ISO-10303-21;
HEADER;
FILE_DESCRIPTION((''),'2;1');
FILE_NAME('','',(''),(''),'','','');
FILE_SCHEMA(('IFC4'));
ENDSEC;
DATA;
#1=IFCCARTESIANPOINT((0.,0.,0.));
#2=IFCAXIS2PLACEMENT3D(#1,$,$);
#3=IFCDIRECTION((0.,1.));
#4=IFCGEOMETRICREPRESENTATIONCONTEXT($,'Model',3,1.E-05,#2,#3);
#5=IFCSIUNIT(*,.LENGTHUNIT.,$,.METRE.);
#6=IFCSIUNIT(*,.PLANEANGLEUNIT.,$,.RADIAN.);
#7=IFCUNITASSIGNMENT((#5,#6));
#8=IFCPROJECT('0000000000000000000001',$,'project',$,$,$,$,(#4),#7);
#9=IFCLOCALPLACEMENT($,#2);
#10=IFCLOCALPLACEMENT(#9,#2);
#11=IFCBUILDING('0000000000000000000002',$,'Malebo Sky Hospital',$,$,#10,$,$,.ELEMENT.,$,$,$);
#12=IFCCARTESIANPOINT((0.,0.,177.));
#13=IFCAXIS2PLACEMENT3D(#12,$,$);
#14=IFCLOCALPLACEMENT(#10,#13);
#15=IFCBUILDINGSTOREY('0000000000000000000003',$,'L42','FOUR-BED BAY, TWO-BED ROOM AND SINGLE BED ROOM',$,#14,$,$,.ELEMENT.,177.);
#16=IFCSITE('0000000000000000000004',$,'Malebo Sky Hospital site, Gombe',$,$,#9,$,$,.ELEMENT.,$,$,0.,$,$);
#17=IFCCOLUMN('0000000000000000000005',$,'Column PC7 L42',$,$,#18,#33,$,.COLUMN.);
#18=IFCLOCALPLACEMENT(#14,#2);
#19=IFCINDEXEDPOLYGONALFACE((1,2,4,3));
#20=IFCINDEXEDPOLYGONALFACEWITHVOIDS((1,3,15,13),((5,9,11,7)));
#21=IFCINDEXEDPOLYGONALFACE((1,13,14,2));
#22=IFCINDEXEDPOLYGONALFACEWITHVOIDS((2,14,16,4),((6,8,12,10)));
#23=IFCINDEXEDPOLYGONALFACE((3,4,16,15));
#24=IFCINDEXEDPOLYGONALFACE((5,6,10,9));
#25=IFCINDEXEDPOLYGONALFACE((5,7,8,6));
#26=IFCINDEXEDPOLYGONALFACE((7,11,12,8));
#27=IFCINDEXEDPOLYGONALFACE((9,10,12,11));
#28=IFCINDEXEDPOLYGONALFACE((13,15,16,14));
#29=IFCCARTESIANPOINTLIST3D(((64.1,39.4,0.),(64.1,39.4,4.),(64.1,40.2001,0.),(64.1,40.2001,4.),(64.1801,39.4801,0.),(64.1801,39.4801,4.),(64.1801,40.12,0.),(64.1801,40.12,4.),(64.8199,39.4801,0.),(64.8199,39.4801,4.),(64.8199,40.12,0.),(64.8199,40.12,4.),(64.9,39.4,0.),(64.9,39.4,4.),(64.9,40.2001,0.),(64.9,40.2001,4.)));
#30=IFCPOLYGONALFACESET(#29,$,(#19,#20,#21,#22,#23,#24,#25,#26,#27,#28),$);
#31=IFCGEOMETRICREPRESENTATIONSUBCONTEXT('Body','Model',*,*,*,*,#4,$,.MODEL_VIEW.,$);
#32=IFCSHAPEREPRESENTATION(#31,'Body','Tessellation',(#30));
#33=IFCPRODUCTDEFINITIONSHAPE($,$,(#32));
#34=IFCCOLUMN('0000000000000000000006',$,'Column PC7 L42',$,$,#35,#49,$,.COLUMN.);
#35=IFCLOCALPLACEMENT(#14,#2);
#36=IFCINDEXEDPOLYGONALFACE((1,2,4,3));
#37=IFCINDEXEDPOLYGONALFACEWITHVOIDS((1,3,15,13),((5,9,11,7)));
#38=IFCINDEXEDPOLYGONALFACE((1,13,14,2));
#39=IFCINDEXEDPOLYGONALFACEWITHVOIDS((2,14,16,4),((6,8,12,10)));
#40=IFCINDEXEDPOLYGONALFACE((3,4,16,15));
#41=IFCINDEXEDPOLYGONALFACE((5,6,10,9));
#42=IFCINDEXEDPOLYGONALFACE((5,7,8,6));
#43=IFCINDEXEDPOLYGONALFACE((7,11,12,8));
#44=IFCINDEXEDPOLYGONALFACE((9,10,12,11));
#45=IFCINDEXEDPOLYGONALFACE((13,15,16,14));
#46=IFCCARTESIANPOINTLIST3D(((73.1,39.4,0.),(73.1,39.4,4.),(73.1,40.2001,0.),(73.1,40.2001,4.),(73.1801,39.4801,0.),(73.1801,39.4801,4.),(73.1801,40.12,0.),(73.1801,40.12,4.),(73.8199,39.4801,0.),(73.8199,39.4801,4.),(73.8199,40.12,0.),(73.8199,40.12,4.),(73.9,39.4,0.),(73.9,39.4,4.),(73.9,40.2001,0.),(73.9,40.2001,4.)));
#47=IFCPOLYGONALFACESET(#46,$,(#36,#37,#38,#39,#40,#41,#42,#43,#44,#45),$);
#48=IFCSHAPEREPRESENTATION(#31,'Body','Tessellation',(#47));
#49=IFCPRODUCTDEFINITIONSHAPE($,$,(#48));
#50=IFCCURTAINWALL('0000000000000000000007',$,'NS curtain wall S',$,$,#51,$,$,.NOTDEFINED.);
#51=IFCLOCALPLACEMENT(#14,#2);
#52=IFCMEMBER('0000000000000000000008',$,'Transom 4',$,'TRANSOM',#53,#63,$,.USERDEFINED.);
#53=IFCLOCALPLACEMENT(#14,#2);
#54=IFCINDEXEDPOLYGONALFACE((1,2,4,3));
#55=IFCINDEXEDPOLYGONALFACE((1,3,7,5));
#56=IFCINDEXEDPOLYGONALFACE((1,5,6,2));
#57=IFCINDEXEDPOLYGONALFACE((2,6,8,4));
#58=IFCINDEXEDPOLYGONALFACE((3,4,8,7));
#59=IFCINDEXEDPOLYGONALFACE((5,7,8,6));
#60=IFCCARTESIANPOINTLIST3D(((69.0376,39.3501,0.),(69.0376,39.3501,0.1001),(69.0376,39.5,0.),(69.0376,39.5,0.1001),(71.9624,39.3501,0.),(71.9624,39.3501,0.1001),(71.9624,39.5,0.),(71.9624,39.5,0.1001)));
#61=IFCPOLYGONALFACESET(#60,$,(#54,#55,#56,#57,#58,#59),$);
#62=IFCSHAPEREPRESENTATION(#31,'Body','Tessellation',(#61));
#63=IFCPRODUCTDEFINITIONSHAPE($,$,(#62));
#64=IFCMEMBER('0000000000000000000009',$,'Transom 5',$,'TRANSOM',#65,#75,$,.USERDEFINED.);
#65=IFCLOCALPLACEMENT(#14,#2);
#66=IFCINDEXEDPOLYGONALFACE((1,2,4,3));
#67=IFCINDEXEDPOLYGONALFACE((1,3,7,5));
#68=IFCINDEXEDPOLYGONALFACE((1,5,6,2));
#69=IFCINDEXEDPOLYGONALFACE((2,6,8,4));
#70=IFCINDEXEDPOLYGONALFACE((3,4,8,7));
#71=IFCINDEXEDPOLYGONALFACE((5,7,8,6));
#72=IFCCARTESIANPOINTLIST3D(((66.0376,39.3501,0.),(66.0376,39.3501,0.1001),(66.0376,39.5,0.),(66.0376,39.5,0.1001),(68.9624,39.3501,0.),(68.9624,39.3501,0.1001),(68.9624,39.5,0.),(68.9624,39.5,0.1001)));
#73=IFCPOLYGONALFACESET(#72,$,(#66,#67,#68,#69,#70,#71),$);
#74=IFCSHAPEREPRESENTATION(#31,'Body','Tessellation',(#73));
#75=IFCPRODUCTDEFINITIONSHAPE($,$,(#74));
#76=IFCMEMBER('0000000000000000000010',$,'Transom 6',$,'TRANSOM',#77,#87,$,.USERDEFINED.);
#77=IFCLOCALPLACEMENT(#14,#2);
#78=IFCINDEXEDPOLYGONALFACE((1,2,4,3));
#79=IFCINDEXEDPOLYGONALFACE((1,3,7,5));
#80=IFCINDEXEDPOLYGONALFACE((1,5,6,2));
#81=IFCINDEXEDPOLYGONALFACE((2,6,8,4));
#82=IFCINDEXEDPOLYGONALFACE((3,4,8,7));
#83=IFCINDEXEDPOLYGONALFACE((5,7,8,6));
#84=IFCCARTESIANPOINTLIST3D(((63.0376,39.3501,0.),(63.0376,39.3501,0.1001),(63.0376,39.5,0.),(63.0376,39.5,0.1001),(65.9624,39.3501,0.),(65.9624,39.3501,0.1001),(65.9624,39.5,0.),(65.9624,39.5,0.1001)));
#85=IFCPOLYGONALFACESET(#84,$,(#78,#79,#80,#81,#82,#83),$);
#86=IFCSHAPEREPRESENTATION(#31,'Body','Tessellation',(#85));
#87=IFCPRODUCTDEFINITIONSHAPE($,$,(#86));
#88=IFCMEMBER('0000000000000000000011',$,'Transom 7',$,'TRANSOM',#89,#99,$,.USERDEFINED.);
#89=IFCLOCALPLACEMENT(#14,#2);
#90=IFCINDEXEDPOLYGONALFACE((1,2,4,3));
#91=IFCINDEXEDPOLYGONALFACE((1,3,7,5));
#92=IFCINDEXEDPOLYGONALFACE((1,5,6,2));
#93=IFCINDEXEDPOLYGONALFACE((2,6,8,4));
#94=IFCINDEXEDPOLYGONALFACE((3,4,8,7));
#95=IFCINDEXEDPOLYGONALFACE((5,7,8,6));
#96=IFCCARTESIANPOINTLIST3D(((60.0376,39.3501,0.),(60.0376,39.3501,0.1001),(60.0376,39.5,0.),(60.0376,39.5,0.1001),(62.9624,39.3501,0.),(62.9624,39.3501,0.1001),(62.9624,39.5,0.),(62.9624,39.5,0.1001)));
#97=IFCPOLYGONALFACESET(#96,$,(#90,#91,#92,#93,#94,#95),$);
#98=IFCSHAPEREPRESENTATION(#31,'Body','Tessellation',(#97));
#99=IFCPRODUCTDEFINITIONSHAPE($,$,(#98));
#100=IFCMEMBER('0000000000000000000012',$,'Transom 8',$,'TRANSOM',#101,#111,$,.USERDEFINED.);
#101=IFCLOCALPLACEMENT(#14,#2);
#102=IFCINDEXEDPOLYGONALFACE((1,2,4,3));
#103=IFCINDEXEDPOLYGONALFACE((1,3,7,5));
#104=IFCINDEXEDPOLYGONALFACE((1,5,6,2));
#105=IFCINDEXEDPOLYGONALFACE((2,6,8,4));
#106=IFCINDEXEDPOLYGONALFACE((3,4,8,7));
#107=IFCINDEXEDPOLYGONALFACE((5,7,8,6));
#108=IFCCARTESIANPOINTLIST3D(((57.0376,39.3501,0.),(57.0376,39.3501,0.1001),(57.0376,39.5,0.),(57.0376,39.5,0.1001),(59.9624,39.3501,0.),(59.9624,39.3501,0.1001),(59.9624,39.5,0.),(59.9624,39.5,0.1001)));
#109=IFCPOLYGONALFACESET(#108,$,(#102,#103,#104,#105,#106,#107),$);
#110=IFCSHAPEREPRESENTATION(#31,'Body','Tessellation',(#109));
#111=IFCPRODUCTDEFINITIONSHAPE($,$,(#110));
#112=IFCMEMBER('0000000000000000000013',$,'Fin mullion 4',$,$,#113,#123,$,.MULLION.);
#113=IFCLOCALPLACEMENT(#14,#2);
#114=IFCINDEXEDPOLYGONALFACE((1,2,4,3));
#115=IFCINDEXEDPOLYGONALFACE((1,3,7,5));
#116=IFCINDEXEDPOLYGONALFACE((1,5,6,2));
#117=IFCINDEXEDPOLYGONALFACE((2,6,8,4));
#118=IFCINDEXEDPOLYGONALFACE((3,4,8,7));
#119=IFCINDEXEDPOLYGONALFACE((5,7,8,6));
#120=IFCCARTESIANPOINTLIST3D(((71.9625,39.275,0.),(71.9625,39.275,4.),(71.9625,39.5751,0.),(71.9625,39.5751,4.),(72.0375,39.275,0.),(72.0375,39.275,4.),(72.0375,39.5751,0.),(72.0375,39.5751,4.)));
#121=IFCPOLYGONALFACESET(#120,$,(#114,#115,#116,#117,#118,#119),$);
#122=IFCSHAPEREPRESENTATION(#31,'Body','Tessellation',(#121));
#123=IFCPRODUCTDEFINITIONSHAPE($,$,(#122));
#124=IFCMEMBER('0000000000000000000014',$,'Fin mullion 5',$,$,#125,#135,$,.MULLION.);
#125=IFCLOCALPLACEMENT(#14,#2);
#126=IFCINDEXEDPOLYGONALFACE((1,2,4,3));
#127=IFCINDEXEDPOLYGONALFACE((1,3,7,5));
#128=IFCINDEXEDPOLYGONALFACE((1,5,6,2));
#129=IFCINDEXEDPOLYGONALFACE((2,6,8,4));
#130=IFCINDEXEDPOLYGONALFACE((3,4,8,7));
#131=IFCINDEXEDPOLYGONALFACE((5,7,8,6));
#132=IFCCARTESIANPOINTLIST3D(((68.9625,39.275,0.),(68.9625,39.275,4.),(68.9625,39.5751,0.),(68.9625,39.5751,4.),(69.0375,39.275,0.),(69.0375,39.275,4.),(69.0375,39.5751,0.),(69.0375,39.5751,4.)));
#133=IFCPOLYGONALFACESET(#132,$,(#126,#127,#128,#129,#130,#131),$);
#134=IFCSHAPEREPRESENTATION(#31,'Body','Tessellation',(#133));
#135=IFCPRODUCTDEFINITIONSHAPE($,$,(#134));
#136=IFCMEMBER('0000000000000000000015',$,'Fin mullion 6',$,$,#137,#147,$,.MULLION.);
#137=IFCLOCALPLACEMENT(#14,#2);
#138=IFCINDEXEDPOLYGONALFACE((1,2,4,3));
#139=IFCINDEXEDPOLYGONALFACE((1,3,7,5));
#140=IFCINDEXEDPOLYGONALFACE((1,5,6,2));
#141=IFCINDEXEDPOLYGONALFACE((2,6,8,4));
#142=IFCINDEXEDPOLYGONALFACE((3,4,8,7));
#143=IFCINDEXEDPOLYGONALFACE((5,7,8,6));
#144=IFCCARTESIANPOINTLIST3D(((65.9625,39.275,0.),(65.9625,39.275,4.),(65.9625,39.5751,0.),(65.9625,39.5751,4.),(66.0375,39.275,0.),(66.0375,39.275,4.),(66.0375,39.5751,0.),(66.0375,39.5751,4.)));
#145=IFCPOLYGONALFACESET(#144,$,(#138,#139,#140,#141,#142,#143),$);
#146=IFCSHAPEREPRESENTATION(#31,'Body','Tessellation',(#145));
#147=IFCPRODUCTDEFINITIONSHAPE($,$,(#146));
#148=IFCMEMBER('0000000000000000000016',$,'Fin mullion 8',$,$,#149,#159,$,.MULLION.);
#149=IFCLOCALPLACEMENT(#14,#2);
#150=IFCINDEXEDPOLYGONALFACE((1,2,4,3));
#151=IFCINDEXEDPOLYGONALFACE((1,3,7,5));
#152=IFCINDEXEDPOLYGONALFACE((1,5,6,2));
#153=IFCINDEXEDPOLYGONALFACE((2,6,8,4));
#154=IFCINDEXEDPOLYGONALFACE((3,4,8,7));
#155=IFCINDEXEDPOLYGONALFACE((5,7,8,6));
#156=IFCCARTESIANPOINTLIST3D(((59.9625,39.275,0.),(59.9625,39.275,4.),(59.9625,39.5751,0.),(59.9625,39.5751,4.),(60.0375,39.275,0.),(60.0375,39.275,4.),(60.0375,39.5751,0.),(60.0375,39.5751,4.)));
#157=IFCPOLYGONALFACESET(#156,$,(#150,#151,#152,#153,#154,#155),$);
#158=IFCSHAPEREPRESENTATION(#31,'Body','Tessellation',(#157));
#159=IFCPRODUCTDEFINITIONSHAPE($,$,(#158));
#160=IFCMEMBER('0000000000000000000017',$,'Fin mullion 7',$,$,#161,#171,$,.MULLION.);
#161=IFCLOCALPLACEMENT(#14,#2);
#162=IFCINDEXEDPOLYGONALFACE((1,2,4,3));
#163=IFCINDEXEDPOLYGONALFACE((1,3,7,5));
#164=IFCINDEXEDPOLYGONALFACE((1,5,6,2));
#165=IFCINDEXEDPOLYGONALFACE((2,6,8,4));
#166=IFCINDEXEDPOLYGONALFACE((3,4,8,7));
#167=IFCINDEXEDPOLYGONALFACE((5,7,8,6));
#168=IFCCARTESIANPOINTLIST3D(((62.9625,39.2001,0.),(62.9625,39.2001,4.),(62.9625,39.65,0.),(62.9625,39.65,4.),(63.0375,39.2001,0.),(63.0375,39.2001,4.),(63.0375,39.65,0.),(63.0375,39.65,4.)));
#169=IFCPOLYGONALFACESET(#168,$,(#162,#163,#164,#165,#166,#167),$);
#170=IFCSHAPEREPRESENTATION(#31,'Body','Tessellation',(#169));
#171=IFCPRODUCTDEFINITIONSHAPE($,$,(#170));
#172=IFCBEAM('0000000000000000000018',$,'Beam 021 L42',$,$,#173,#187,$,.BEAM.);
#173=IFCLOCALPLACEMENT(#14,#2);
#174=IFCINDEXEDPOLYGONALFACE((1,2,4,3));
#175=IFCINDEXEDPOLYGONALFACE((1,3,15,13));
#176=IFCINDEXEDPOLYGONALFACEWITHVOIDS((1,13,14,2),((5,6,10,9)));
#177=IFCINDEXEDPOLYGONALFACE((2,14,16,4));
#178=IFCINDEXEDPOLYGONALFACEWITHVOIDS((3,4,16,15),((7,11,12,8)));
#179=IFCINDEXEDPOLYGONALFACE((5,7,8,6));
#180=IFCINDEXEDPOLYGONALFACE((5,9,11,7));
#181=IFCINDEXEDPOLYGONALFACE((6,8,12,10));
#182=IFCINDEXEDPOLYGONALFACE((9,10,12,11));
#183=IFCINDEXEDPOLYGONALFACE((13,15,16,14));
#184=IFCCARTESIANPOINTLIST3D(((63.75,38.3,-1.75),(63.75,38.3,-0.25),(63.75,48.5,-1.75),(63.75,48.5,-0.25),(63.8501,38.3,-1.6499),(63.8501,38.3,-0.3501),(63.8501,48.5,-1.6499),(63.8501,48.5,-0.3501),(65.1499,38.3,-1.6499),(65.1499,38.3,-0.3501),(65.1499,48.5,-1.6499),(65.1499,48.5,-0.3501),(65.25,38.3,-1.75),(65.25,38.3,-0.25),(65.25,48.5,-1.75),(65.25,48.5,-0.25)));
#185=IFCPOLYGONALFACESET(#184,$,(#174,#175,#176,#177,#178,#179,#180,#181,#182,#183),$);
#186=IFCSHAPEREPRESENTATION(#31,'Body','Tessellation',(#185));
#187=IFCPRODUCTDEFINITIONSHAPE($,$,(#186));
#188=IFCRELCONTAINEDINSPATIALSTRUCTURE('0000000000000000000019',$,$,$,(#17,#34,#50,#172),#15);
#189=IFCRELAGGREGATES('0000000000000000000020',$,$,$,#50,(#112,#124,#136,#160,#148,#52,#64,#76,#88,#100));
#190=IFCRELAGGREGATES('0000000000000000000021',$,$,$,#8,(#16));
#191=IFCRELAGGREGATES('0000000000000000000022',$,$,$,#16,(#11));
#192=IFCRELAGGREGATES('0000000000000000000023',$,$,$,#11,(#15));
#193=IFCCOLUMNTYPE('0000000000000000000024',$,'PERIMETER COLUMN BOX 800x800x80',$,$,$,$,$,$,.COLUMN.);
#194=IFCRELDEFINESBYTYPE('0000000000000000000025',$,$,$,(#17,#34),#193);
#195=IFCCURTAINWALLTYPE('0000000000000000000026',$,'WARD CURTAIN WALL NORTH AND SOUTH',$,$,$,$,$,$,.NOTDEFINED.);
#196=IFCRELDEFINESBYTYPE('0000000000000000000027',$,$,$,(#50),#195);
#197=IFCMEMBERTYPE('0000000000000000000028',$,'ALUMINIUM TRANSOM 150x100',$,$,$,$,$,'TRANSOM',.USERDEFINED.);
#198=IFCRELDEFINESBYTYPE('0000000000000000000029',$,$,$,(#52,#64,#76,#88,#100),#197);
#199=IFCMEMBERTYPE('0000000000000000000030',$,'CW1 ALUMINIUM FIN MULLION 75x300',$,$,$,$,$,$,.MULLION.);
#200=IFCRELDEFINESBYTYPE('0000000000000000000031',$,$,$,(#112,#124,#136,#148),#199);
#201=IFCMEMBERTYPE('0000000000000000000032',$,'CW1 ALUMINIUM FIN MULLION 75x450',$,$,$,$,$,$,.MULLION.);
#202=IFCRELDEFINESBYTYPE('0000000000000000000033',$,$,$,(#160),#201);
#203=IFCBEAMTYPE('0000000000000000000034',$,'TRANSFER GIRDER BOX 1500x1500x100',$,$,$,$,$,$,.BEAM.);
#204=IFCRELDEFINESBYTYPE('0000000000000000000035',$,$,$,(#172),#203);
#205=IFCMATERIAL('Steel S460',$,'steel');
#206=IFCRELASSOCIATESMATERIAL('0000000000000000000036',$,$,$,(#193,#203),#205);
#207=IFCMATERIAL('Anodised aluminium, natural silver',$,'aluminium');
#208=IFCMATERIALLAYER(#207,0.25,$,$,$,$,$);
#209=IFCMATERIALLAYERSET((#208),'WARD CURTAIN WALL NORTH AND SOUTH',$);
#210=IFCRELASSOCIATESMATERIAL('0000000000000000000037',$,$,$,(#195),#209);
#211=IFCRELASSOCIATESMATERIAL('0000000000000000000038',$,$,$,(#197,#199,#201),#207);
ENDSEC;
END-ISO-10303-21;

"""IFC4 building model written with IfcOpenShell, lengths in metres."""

from ifc_helpers import new_model, si_unit, direction, frame, origin, origin_2d, place, context, subcontext, project, spatial, rectangle, hollow_rectangle, extrude, material, layer, layer_set, material_profile, profile_set, type_object, element, aggregate, save


model = new_model("IFC4")

# Units and contexts
model_context = context("Model", 3, precision=1e-05, world=origin(), true_north=direction((0.0, 1.0)))
body_context = subcontext(model_context, "Body", "Model", "MODEL_VIEW")
ifc_project = project(units=[si_unit("LENGTHUNIT", "METRE"), si_unit("PLANEANGLEUNIT", "RADIAN")], contexts=[model_context])

# Site, building, storey
site_placement = place(None, origin())
site = spatial("IfcSite", under=ifc_project, at=site_placement, Name="Malebo Sky Hospital site, Gombe", CompositionType="ELEMENT", RefElevation=0.0)
building_placement = place(site_placement, origin())
building = spatial("IfcBuilding", under=site, at=building_placement, Name="Malebo Sky Hospital", CompositionType="ELEMENT")
storey_placement = place(building_placement, frame((0.0, 0.0, 177.0)))
storey = spatial("IfcBuildingStorey", under=building, at=storey_placement, Name="L42", Description="FOUR-BED BAY, TWO-BED ROOM AND SINGLE BED ROOM", CompositionType="ELEMENT", Elevation=177.0)

# Columns
ifc_material_1 = material(Name="Steel S460", Category="steel")
ifc_material_profile_1 = material_profile(ifc_material_1, hollow_rectangle(XDim=0.8, YDim=0.8, WallThickness=0.0801, at=origin_2d()), Name="BOX 800x800x80")
ifc_profile_set_1 = profile_set([ifc_material_profile_1], Name="Steel S460")
column_type = type_object("IfcColumnType", Name="PERIMETER COLUMN BOX 800x800x80", PredefinedType="COLUMN", material=ifc_profile_set_1)
for number, where, z_axis, x_axis, name in (
    (1, (64.5, 39.8, 0.0), (0.0, 0.0, 1.0), (1.0, 0.0, 0.0), "Column PC7 L42"),
    (2, (73.5, 39.8, 0.0), (0.0, 0.0, 1.0), (1.0, 0.0, 0.0), "Column PC7 L42"),
):
    element("IfcColumn", number, at=place(storey_placement, frame(where, z_axis=z_axis, x_axis=x_axis)), inside=storey, type_object=column_type, Name=name, PredefinedType="COLUMN", context=body_context, shape_type="SweptSolid", body=[
        extrude(hollow_rectangle(XDim=0.8, YDim=0.8, WallThickness=0.0801, at=origin_2d()), origin(), (0.0, 0.0, 1.0), 4.0),
    ])

# Curtain wall, members
ifc_material_2 = material(Name="Anodised aluminium, natural silver", Category="aluminium")
ifc_layer_1 = layer(ifc_material_2, 0.25)
ifc_layer_set_1 = layer_set([ifc_layer_1], Name="WARD CURTAIN WALL NORTH AND SOUTH")
curtain_wall_type = type_object("IfcCurtainWallType", Name="WARD CURTAIN WALL NORTH AND SOUTH", PredefinedType="NOTDEFINED", material=ifc_layer_set_1)
curtain_wall_placement = place(storey_placement, origin())
curtain_wall = element("IfcCurtainWall", 3, at=curtain_wall_placement, inside=storey, type_object=curtain_wall_type, Name="NS curtain wall S", PredefinedType="NOTDEFINED")
ifc_material_profile_2 = material_profile(ifc_material_2, rectangle(XDim=0.1499, YDim=0.1001, at=origin_2d()), Name="ALUMINIUM TRANSOM 150x100")
ifc_profile_set_2 = profile_set([ifc_material_profile_2], Name="Anodised aluminium, natural silver")
member_type_1 = type_object("IfcMemberType", Name="ALUMINIUM TRANSOM 150x100", ElementType="TRANSOM", PredefinedType="USERDEFINED", material=ifc_profile_set_2)
member_1_placement = place(storey_placement, frame((71.9624, 39.425, 0.05), z_axis=(-1.0, 0.0, 0.0), x_axis=(0.0, -1.0, 0.0)))
member_1 = element("IfcMember", 4, at=member_1_placement, type_object=member_type_1, Name="Transom 4", ObjectType="TRANSOM", PredefinedType="USERDEFINED", context=body_context, shape_type="SweptSolid", body=[
    extrude(rectangle(XDim=0.1499, YDim=0.1001, at=origin_2d()), origin(), (0.0, 0.0, 1.0), 2.9248),
])
member_2_placement = place(storey_placement, frame((68.9624, 39.425, 0.05), z_axis=(-1.0, 0.0, 0.0), x_axis=(0.0, -1.0, 0.0)))
member_2 = element("IfcMember", 5, at=member_2_placement, type_object=member_type_1, Name="Transom 5", ObjectType="TRANSOM", PredefinedType="USERDEFINED", context=body_context, shape_type="SweptSolid", body=[
    extrude(rectangle(XDim=0.1499, YDim=0.1001, at=origin_2d()), origin(), (0.0, 0.0, 1.0), 2.9248),
])
member_3_placement = place(storey_placement, frame((65.9624, 39.425, 0.05), z_axis=(-1.0, 0.0, 0.0), x_axis=(0.0, -1.0, 0.0)))
member_3 = element("IfcMember", 6, at=member_3_placement, type_object=member_type_1, Name="Transom 6", ObjectType="TRANSOM", PredefinedType="USERDEFINED", context=body_context, shape_type="SweptSolid", body=[
    extrude(rectangle(XDim=0.1499, YDim=0.1001, at=origin_2d()), origin(), (0.0, 0.0, 1.0), 2.9248),
])
member_4_placement = place(storey_placement, frame((62.9624, 39.425, 0.05), z_axis=(-1.0, 0.0, 0.0), x_axis=(0.0, -1.0, 0.0)))
member_4 = element("IfcMember", 7, at=member_4_placement, type_object=member_type_1, Name="Transom 7", ObjectType="TRANSOM", PredefinedType="USERDEFINED", context=body_context, shape_type="SweptSolid", body=[
    extrude(rectangle(XDim=0.1499, YDim=0.1001, at=origin_2d()), origin(), (0.0, 0.0, 1.0), 2.9248),
])
member_5_placement = place(storey_placement, frame((59.9624, 39.425, 0.05), z_axis=(-1.0, 0.0, 0.0), x_axis=(0.0, -1.0, 0.0)))
member_5 = element("IfcMember", 8, at=member_5_placement, type_object=member_type_1, Name="Transom 8", ObjectType="TRANSOM", PredefinedType="USERDEFINED", context=body_context, shape_type="SweptSolid", body=[
    extrude(rectangle(XDim=0.1499, YDim=0.1001, at=origin_2d()), origin(), (0.0, 0.0, 1.0), 2.9248),
])
ifc_material_profile_3 = material_profile(ifc_material_2, rectangle(XDim=0.075, YDim=0.3, at=origin_2d()), Name="CW1 ALUMINIUM FIN MULLION 75x300")
ifc_profile_set_3 = profile_set([ifc_material_profile_3], Name="Anodised aluminium, natural silver")
member_type_2 = type_object("IfcMemberType", Name="CW1 ALUMINIUM FIN MULLION 75x300", PredefinedType="MULLION", material=ifc_profile_set_3)
member_6_placement = place(storey_placement, frame((72.0, 39.425, 0.0), z_axis=(0.0, 0.0, 1.0), x_axis=(-1.0, 0.0, 0.0)))
member_6 = element("IfcMember", 9, at=member_6_placement, type_object=member_type_2, Name="Fin mullion 4", PredefinedType="MULLION", context=body_context, shape_type="SweptSolid", body=[
    extrude(rectangle(XDim=0.075, YDim=0.3, at=origin_2d()), origin(), (0.0, 0.0, 1.0), 4.0),
])
member_7_placement = place(storey_placement, frame((69.0, 39.425, 0.0), z_axis=(0.0, 0.0, 1.0), x_axis=(-1.0, 0.0, 0.0)))
member_7 = element("IfcMember", 10, at=member_7_placement, type_object=member_type_2, Name="Fin mullion 5", PredefinedType="MULLION", context=body_context, shape_type="SweptSolid", body=[
    extrude(rectangle(XDim=0.075, YDim=0.3, at=origin_2d()), origin(), (0.0, 0.0, 1.0), 4.0),
])
member_8_placement = place(storey_placement, frame((66.0, 39.425, 0.0), z_axis=(0.0, 0.0, 1.0), x_axis=(-1.0, 0.0, 0.0)))
member_8 = element("IfcMember", 11, at=member_8_placement, type_object=member_type_2, Name="Fin mullion 6", PredefinedType="MULLION", context=body_context, shape_type="SweptSolid", body=[
    extrude(rectangle(XDim=0.075, YDim=0.3, at=origin_2d()), origin(), (0.0, 0.0, 1.0), 4.0),
])
member_9_placement = place(storey_placement, frame((60.0, 39.425, 0.0), z_axis=(0.0, 0.0, 1.0), x_axis=(-1.0, 0.0, 0.0)))
member_9 = element("IfcMember", 12, at=member_9_placement, type_object=member_type_2, Name="Fin mullion 8", PredefinedType="MULLION", context=body_context, shape_type="SweptSolid", body=[
    extrude(rectangle(XDim=0.075, YDim=0.3, at=origin_2d()), origin(), (0.0, 0.0, 1.0), 4.0),
])
ifc_material_profile_4 = material_profile(ifc_material_2, rectangle(XDim=0.075, YDim=0.45, at=origin_2d()), Name="CW1 ALUMINIUM FIN MULLION 75x450")
ifc_profile_set_4 = profile_set([ifc_material_profile_4], Name="Anodised aluminium, natural silver")
member_type_3 = type_object("IfcMemberType", Name="CW1 ALUMINIUM FIN MULLION 75x450", PredefinedType="MULLION", material=ifc_profile_set_4)
member_10_placement = place(storey_placement, frame((63.0, 39.425, 0.0), z_axis=(0.0, 0.0, 1.0), x_axis=(-1.0, 0.0, 0.0)))
member_10 = element("IfcMember", 13, at=member_10_placement, type_object=member_type_3, Name="Fin mullion 7", PredefinedType="MULLION", context=body_context, shape_type="SweptSolid", body=[
    extrude(rectangle(XDim=0.075, YDim=0.45, at=origin_2d()), origin(), (0.0, 0.0, 1.0), 4.0),
])

# Beam
ifc_material_profile_5 = material_profile(ifc_material_1, hollow_rectangle(XDim=1.5, YDim=1.5, WallThickness=0.1001, at=origin_2d()), Name="BOX 1500x1500x100")
ifc_profile_set_5 = profile_set([ifc_material_profile_5], Name="Steel S460")
beam_type_1 = type_object("IfcBeamType", Name="TRANSFER GIRDER BOX 1500x1500x100", PredefinedType="BEAM", material=ifc_profile_set_5)
for number, where, z_axis, x_axis, name in (
    (14, (64.5, 38.3, -1.0), (0.0, 1.0, 0.0), (-1.0, 0.0, 0.0), "Beam 021 L42"),
):
    element("IfcBeam", number, at=place(storey_placement, frame(where, z_axis=z_axis, x_axis=x_axis)), inside=storey, type_object=beam_type_1, Name=name, PredefinedType="BEAM", context=body_context, shape_type="SweptSolid", body=[
        extrude(hollow_rectangle(XDim=1.5, YDim=1.5, WallThickness=0.1001, at=origin_2d()), origin(), (0.0, 0.0, 1.0), 10.2),
    ])

aggregate(curtain_wall, [member_6, member_7, member_8, member_10, member_9, member_1, member_2, member_3, member_4, member_5])

save(model, "model.ifc")
